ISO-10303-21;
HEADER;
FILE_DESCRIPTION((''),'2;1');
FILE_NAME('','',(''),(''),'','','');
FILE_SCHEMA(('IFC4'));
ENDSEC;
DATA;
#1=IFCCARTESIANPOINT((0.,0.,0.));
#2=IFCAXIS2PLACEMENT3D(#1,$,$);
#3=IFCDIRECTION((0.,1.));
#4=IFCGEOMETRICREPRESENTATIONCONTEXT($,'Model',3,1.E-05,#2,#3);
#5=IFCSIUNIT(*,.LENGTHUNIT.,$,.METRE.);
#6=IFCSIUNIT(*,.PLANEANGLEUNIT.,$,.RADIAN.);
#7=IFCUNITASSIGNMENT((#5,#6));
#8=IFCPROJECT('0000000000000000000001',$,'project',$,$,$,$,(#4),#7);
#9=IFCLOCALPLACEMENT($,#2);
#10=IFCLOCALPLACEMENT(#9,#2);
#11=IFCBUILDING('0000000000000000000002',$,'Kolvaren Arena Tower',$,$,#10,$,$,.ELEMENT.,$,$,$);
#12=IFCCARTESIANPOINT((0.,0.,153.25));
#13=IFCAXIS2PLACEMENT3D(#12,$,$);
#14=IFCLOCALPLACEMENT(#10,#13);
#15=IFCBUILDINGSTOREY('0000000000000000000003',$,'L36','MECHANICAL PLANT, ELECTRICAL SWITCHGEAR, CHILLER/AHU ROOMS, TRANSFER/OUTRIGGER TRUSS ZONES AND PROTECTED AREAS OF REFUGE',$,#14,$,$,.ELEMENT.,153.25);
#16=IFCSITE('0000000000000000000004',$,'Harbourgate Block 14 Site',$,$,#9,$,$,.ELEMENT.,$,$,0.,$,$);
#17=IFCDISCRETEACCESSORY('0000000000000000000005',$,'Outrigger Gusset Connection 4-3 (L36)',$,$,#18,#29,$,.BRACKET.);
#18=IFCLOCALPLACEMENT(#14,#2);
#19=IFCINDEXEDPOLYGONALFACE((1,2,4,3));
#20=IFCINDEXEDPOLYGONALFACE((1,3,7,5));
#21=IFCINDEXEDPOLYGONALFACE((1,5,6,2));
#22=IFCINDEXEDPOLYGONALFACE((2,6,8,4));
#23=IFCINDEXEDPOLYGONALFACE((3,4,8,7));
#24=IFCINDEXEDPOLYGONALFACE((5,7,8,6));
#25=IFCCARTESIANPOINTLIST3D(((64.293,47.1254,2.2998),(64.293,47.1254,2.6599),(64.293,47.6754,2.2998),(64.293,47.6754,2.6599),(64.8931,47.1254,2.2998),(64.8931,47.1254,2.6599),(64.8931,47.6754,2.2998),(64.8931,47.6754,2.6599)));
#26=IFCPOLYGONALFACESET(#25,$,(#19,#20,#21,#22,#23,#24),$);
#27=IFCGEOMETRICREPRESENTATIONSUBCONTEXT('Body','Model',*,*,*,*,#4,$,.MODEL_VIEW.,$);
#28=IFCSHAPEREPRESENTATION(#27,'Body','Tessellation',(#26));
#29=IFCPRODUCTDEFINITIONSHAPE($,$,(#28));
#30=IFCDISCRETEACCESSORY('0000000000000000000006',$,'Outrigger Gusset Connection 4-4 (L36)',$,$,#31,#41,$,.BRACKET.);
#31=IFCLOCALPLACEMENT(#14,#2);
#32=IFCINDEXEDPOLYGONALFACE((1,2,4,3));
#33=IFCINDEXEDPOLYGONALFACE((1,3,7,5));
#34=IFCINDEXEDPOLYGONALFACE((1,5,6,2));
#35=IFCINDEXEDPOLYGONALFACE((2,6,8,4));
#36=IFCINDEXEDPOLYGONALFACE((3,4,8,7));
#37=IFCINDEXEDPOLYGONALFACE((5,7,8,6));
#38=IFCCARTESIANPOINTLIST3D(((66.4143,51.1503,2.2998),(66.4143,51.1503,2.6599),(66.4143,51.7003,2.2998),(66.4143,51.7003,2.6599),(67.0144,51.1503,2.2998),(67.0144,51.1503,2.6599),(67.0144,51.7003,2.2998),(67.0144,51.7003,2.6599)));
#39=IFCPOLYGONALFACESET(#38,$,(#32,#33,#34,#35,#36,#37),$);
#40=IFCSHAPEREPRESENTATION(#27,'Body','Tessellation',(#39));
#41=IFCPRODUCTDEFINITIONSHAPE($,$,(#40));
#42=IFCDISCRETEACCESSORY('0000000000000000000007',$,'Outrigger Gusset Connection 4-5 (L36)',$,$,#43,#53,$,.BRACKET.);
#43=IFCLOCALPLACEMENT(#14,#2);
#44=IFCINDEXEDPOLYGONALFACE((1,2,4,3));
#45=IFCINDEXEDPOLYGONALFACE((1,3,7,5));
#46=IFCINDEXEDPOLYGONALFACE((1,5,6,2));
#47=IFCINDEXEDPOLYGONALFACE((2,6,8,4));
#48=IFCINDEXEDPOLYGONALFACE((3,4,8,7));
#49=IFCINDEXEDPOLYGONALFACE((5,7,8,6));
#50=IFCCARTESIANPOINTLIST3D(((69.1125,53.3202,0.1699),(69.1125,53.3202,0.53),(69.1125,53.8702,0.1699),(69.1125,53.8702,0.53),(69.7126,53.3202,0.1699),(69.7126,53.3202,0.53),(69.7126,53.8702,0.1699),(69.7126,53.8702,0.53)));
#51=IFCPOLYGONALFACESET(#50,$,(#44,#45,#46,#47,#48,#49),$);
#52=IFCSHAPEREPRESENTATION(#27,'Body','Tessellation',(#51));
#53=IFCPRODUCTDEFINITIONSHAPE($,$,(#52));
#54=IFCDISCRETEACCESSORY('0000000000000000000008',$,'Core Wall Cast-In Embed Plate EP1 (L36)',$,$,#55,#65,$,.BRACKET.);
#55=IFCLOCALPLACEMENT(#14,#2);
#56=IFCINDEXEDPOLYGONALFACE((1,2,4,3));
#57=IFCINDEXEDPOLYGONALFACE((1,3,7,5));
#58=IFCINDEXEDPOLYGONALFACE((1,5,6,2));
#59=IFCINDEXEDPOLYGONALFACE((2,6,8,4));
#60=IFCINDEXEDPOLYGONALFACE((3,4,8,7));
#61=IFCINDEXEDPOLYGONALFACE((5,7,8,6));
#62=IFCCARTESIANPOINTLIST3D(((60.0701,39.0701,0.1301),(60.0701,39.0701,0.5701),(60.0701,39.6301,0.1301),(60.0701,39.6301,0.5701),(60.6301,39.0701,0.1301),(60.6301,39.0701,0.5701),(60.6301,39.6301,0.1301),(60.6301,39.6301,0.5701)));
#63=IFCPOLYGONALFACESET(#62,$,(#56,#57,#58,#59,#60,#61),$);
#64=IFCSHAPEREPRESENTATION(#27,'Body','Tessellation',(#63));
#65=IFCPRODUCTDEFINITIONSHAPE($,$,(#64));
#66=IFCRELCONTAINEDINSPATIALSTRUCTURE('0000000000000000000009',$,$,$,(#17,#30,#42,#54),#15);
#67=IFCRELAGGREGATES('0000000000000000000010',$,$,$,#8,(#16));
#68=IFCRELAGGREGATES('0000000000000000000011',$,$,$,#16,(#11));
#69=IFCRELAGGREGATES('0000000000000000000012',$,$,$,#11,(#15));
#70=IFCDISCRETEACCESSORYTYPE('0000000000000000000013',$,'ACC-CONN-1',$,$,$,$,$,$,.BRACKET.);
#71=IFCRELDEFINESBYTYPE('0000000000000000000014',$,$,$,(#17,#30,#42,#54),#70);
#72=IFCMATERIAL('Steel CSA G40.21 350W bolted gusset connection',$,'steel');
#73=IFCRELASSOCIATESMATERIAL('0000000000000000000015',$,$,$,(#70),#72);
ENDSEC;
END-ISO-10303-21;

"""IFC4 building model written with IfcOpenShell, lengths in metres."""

from ifc_helpers import new_model, si_unit, direction, frame, origin, origin_2d, place, context, subcontext, project, spatial, rectangle, extrude, material, type_object, element, save


model = new_model("IFC4")

# Units and contexts
model_context = context("Model", 3, precision=1e-05, world=origin(), true_north=direction((0.0, 1.0)))
body_context = subcontext(model_context, "Body", "Model", "MODEL_VIEW")
ifc_project = project(units=[si_unit("LENGTHUNIT", "METRE"), si_unit("PLANEANGLEUNIT", "RADIAN")], contexts=[model_context])

# Site, building, storey
site_placement = place(None, origin())
site = spatial("IfcSite", under=ifc_project, at=site_placement, Name="Harbourgate Block 14 Site", CompositionType="ELEMENT", RefElevation=0.0)
building_placement = place(site_placement, origin())
building = spatial("IfcBuilding", under=site, at=building_placement, Name="Kolvaren Arena Tower", CompositionType="ELEMENT")
storey_placement = place(building_placement, frame((0.0, 0.0, 153.25)))
storey = spatial("IfcBuildingStorey", under=building, at=storey_placement, Name="L36", Description="MECHANICAL PLANT, ELECTRICAL SWITCHGEAR, CHILLER/AHU ROOMS, TRANSFER/OUTRIGGER TRUSS ZONES AND PROTECTED AREAS OF REFUGE", CompositionType="ELEMENT", Elevation=153.25)

# Discrete accessories
ifc_material_1 = material(Name="Steel CSA G40.21 350W bolted gusset connection", Category="steel")
discrete_accessory_type_1 = type_object("IfcDiscreteAccessoryType", Name="ACC-CONN-1", PredefinedType="BRACKET", material=ifc_material_1)
for number, where, z_axis, x_axis, name in (
    (1, (64.593, 47.4004, 2.2998), (0.0, 0.0, 1.0), (1.0, 0.0, 0.0), "Outrigger Gusset Connection 4-3 (L36)"),
    (2, (66.7144, 51.4253, 2.2998), (0.0, 0.0, 1.0), (1.0, 0.0, 0.0), "Outrigger Gusset Connection 4-4 (L36)"),
    (3, (69.4126, 53.5952, 0.1699), (0.0, 0.0, 1.0), (1.0, 0.0, 0.0), "Outrigger Gusset Connection 4-5 (L36)"),
):
    element("IfcDiscreteAccessory", number, at=place(storey_placement, frame(where, z_axis=z_axis, x_axis=x_axis)), inside=storey, type_object=discrete_accessory_type_1, Name=name, PredefinedType="BRACKET", context=body_context, shape_type="SweptSolid", body=[
        extrude(rectangle(XDim=0.6001, YDim=0.55, at=origin_2d()), origin(), (0.0, 0.0, 1.0), 0.3601),
    ])
discrete_accessory_placement = place(storey_placement, frame((60.3501, 39.3501, 0.1301), z_axis=(0.0, 0.0, 1.0), x_axis=(1.0, 0.0, 0.0)))
element("IfcDiscreteAccessory", 4, at=discrete_accessory_placement, inside=storey, type_object=discrete_accessory_type_1, Name="Core Wall Cast-In Embed Plate EP1 (L36)", PredefinedType="BRACKET", context=body_context, shape_type="SweptSolid", body=[
    extrude(rectangle(XDim=0.5601, YDim=0.5601, at=origin_2d()), origin(), (0.0, 0.0, 1.0), 0.4399),
])

save(model, "model.ifc")
